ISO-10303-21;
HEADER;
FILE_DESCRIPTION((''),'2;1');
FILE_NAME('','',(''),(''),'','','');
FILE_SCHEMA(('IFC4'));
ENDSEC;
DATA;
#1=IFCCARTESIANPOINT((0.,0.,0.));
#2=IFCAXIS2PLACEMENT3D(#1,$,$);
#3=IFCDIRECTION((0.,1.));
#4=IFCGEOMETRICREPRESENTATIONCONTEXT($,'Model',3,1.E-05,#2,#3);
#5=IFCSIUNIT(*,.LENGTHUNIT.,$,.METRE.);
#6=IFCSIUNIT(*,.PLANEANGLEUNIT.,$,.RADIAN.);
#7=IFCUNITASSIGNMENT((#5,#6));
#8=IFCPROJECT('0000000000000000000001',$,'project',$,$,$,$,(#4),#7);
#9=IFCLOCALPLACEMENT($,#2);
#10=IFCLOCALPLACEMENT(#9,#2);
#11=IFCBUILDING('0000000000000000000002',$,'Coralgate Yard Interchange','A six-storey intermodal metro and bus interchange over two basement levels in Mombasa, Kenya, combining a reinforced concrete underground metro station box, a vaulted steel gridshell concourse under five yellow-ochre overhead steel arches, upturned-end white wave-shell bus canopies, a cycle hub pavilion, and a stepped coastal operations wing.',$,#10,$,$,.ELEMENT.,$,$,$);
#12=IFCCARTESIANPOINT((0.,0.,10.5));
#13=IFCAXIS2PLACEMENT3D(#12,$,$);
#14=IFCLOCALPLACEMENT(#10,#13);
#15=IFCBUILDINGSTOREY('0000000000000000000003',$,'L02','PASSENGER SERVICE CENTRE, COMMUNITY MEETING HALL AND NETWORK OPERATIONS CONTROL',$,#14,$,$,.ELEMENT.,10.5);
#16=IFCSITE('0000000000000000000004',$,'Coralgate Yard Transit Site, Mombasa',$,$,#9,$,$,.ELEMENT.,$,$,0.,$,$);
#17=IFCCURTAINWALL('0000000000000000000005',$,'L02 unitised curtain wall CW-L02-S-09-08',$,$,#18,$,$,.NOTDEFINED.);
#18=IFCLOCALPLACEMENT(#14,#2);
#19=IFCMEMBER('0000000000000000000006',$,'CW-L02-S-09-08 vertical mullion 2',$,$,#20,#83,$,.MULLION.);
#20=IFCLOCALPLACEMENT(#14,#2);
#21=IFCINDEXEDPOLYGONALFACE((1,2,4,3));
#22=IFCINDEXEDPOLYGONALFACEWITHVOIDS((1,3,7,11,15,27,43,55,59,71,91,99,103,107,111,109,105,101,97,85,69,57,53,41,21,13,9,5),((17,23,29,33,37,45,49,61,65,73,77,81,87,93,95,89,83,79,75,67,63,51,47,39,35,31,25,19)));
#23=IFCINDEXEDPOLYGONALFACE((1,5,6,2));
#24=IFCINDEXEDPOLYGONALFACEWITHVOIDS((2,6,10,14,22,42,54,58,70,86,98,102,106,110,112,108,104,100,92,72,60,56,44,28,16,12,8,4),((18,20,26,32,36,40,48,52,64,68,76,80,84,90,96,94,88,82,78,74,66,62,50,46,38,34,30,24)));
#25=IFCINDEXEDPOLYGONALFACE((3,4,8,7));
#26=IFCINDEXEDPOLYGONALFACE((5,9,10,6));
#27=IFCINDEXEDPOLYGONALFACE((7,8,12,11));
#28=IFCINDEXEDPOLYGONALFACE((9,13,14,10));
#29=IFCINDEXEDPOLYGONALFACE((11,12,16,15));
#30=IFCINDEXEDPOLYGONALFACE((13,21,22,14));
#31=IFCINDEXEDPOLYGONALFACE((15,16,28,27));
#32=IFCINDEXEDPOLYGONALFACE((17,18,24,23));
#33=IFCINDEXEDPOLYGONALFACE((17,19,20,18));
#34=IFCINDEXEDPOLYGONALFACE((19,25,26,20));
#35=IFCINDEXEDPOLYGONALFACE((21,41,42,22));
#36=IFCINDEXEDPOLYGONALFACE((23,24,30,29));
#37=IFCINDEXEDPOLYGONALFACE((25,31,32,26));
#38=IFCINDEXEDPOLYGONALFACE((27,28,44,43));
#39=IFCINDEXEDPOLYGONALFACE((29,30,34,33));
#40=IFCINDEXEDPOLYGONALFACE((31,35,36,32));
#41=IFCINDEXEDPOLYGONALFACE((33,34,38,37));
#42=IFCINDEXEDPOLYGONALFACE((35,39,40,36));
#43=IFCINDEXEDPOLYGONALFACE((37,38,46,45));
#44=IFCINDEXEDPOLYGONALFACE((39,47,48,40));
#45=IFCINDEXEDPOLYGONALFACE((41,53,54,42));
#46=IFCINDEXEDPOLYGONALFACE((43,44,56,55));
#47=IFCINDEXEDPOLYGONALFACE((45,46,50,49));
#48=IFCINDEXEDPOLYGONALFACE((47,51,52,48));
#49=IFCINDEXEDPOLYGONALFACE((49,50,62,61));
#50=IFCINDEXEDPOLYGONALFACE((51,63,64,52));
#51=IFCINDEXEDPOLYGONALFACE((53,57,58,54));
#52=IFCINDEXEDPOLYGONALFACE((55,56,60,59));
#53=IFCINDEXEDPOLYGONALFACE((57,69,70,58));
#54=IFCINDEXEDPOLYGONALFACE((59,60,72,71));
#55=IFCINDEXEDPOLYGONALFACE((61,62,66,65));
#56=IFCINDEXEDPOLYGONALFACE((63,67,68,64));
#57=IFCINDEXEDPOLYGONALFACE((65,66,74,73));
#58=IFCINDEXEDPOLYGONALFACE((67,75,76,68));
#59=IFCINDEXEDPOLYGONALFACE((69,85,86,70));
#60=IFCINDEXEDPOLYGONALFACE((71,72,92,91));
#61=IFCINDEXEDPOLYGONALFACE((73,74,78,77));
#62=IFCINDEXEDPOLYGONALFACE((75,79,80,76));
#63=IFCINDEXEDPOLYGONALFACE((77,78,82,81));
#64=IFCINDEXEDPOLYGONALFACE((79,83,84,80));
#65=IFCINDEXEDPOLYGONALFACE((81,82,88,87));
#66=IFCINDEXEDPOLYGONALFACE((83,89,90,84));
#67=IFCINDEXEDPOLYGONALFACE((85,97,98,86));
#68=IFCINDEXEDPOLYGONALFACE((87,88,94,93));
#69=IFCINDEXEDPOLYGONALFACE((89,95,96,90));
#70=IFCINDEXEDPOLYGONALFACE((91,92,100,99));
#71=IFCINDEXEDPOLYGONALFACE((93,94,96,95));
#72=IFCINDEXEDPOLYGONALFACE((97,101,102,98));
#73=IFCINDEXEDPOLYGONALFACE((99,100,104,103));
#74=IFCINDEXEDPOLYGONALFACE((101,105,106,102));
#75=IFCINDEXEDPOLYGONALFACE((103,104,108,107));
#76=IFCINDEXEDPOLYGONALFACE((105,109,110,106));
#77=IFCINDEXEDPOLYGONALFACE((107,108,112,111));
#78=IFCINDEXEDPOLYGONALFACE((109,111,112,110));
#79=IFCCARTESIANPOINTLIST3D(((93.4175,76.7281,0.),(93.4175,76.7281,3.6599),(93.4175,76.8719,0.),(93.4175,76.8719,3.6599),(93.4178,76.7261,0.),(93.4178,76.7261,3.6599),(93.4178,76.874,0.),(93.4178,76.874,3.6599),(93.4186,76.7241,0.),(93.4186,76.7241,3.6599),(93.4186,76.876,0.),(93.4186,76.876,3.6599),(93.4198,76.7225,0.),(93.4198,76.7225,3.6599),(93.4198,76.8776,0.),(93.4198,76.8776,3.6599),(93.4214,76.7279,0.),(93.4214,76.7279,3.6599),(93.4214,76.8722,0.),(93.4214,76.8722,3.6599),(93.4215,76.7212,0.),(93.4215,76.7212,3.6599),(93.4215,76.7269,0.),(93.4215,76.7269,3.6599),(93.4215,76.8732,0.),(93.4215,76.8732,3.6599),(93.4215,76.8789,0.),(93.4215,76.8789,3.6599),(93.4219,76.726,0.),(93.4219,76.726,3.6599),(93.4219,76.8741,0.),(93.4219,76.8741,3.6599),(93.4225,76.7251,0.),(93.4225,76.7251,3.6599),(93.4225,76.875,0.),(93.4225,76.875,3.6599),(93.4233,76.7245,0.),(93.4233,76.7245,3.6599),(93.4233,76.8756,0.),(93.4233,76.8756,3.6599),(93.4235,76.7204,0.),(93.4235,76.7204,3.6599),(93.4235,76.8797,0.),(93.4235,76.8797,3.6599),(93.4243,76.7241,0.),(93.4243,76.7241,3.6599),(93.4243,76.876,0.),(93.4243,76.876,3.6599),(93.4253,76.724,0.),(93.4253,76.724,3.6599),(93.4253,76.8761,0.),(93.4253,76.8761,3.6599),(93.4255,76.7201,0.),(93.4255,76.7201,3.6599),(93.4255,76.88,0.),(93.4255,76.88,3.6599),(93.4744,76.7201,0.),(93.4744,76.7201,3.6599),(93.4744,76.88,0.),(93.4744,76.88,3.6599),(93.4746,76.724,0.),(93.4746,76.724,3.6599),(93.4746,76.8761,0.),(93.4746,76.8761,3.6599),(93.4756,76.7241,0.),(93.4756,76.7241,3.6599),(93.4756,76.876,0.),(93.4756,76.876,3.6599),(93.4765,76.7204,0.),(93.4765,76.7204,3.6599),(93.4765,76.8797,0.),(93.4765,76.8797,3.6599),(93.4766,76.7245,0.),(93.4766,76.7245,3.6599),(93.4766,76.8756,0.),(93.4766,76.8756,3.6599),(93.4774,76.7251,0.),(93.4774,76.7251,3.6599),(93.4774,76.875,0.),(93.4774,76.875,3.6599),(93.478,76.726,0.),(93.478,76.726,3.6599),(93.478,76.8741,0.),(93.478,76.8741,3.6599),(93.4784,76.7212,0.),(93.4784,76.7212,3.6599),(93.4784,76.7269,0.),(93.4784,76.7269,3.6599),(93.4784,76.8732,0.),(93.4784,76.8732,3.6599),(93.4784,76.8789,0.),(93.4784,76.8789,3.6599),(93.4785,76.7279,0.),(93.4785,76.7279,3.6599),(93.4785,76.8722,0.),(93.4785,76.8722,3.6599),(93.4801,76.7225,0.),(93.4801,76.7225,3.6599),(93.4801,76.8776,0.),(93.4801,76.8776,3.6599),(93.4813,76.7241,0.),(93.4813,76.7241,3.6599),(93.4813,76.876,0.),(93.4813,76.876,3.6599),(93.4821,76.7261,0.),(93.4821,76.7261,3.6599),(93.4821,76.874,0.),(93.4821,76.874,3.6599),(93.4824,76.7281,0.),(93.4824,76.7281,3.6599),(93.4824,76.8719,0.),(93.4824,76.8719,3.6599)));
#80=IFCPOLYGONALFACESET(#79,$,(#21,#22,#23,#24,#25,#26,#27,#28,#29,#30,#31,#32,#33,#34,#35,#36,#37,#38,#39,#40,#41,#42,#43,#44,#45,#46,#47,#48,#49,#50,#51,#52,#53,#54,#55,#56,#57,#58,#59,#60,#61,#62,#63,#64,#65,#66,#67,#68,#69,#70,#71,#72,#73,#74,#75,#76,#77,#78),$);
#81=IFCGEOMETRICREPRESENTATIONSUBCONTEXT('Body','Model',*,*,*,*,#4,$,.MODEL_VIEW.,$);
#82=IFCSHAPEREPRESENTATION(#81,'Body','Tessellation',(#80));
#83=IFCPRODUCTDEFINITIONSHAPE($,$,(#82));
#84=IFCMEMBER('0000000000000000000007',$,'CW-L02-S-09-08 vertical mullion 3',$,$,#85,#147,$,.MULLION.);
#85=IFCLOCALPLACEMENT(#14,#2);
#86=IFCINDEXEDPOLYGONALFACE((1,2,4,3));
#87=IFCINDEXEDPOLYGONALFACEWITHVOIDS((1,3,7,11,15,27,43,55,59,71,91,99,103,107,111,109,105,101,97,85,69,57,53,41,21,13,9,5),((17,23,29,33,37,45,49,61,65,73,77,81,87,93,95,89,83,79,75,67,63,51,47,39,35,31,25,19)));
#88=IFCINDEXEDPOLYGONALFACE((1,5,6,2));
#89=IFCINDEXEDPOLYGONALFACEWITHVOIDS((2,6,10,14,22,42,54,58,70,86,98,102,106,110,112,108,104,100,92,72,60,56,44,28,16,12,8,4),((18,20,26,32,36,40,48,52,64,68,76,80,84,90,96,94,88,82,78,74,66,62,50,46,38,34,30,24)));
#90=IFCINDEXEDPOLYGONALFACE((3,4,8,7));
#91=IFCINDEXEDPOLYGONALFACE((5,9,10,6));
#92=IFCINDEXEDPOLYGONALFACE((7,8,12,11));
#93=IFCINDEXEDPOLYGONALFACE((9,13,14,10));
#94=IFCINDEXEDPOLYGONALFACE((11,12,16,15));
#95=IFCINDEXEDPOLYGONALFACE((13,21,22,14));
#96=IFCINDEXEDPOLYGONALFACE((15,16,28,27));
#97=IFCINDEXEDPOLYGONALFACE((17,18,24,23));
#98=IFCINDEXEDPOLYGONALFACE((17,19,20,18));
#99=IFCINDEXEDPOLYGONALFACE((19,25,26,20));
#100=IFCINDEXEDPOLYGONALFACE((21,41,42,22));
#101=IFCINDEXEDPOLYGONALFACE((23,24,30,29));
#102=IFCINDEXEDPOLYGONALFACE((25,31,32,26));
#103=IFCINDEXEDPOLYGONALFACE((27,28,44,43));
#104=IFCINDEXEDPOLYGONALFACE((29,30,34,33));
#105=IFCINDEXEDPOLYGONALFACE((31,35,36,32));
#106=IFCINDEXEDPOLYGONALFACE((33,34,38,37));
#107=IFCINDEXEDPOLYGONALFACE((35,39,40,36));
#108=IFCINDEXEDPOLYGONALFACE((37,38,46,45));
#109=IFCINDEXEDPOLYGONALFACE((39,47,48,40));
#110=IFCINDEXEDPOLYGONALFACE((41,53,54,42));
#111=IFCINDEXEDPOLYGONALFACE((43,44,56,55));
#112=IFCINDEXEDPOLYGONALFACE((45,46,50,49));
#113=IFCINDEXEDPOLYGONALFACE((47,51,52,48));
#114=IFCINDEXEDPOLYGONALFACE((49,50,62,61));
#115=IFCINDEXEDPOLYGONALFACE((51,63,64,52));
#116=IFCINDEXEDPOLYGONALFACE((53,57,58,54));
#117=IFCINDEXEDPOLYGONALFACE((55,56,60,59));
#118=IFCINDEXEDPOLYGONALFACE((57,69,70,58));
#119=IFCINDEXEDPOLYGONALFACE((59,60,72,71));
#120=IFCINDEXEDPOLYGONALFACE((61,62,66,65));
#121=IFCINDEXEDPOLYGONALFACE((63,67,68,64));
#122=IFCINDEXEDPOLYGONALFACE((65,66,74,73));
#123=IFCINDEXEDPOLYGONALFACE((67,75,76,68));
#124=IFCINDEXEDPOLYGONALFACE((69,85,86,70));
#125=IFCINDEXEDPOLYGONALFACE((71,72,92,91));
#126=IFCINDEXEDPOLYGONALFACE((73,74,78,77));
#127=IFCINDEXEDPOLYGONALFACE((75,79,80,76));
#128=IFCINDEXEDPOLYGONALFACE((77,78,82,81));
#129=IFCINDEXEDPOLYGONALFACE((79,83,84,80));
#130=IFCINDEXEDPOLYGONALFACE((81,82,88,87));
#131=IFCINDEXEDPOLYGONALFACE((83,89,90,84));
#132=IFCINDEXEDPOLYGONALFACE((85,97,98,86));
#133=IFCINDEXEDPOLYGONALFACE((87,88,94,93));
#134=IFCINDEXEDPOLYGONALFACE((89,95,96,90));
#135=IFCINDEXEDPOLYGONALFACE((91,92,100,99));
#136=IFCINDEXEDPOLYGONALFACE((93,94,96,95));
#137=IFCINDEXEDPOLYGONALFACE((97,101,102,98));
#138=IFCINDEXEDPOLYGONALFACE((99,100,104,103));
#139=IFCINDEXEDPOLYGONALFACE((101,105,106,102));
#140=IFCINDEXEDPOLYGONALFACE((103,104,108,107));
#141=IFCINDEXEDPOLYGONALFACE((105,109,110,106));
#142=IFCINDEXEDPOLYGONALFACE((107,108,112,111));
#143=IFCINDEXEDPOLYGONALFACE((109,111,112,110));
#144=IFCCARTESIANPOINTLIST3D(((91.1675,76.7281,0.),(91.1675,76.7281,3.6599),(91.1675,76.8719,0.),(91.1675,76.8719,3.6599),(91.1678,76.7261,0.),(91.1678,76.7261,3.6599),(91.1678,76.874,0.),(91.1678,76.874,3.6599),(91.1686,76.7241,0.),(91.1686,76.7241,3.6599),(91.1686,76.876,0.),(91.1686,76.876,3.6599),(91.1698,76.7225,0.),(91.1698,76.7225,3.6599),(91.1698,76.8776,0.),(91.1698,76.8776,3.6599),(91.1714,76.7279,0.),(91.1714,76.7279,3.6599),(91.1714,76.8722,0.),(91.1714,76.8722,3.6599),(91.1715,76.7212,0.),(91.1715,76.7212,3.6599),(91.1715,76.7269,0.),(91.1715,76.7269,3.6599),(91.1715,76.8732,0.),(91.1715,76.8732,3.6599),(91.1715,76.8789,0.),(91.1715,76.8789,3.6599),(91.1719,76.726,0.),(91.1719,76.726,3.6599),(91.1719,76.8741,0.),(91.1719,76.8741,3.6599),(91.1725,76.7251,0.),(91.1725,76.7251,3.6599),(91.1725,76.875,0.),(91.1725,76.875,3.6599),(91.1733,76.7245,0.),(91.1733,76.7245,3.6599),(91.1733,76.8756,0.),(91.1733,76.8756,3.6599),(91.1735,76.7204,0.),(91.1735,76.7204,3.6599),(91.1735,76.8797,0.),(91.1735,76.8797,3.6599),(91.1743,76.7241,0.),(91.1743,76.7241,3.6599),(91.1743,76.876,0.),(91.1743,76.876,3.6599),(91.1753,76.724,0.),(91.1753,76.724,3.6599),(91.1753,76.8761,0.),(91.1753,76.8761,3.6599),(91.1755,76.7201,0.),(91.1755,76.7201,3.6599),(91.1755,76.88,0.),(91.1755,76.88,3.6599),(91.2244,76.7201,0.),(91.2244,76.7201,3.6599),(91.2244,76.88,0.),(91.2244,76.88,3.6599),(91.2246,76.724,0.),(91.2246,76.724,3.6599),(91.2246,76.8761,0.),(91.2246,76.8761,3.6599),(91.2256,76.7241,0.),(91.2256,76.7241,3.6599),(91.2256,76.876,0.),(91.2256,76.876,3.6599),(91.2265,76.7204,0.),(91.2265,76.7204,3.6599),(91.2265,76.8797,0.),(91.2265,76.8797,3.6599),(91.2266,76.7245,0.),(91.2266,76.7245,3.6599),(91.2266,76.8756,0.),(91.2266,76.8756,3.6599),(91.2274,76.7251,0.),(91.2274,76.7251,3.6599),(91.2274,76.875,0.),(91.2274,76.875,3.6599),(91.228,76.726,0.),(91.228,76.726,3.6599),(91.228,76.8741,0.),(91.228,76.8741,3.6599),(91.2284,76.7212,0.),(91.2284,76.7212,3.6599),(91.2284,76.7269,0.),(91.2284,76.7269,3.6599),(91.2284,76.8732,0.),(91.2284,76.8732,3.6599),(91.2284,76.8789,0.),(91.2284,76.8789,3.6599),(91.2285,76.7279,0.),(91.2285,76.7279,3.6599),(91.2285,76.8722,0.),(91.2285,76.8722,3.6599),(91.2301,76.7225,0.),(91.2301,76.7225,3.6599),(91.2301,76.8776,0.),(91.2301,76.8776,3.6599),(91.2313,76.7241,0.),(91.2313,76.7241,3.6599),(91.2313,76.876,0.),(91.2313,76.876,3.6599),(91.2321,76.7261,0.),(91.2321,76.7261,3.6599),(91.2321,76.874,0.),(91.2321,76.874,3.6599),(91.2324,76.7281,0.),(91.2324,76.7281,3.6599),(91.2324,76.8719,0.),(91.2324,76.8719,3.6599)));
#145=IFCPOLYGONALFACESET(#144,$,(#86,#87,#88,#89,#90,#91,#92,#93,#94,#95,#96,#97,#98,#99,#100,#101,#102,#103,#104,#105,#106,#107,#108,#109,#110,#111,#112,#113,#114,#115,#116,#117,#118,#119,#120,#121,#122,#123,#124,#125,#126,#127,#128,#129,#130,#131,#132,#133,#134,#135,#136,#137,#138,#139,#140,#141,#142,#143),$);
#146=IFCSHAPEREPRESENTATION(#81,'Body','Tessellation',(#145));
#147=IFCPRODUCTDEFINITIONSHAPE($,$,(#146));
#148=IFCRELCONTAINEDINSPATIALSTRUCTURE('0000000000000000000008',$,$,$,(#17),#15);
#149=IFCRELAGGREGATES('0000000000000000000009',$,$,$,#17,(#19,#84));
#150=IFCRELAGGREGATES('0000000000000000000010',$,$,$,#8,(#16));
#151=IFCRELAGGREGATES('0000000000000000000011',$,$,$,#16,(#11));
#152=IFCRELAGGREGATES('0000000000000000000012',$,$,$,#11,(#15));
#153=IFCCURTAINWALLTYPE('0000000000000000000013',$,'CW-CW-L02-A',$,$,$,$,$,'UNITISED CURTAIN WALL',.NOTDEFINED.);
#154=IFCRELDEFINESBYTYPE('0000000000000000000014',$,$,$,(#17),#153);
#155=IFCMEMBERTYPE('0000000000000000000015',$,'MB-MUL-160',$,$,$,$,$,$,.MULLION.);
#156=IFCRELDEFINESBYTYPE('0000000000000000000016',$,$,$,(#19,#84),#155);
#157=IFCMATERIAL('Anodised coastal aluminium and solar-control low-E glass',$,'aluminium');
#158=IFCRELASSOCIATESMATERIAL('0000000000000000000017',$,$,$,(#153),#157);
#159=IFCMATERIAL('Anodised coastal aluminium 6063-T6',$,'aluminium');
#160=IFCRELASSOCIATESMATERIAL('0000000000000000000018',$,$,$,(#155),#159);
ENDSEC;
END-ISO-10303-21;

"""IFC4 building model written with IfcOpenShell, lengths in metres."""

from ifc_helpers import new_model, si_unit, direction, frame, origin, origin_2d, place, context, subcontext, project, spatial, hollow_rectangle, extrude, material, material_profile, profile_set, type_object, element, aggregate, save


model = new_model("IFC4")

# Units and contexts
model_context = context("Model", 3, precision=1e-05, world=origin(), true_north=direction((0.0, 1.0)))
body_context = subcontext(model_context, "Body", "Model", "MODEL_VIEW")
ifc_project = project(units=[si_unit("LENGTHUNIT", "METRE"), si_unit("PLANEANGLEUNIT", "RADIAN")], contexts=[model_context])

# Site, building, storey
site_placement = place(None, origin())
site = spatial("IfcSite", under=ifc_project, at=site_placement, Name="Coralgate Yard Transit Site, Mombasa", CompositionType="ELEMENT", RefElevation=0.0)
building_placement = place(site_placement, origin())
building = spatial("IfcBuilding", under=site, at=building_placement, Name="Coralgate Yard Interchange", Description="A six-storey intermodal metro and bus interchange over two basement levels in Mombasa, Kenya, combining a reinforced concrete underground metro station box, a vaulted steel gridshell concourse under five yellow-ochre overhead steel arches, upturned-end white wave-shell bus canopies, a cycle hub pavilion, and a stepped coastal operations wing.", CompositionType="ELEMENT")
storey_placement = place(building_placement, frame((0.0, 0.0, 10.5)))
storey = spatial("IfcBuildingStorey", under=building, at=storey_placement, Name="L02", Description="PASSENGER SERVICE CENTRE, COMMUNITY MEETING HALL AND NETWORK OPERATIONS CONTROL", CompositionType="ELEMENT", Elevation=10.5)

# Curtain wall, members
ifc_material_1 = material(Name="Anodised coastal aluminium and solar-control low-E glass", Category="aluminium")
curtain_wall_type = type_object("IfcCurtainWallType", Name="CW-CW-L02-A", ElementType="UNITISED CURTAIN WALL", PredefinedType="NOTDEFINED", material=ifc_material_1)
curtain_wall_placement = place(storey_placement, origin())
curtain_wall = element("IfcCurtainWall", 1, at=curtain_wall_placement, inside=storey, type_object=curtain_wall_type, Name="L02 unitised curtain wall CW-L02-S-09-08", PredefinedType="NOTDEFINED")
ifc_material_2 = material(Name="Anodised coastal aluminium 6063-T6", Category="aluminium")
ifc_material_profile_1 = material_profile(ifc_material_2, hollow_rectangle(XDim=0.0649, YDim=0.1599, WallThickness=0.0039, InnerFilletRadius=0.0039, OuterFilletRadius=0.0081, at=origin_2d()), Name="ALU 65x160x4")
ifc_profile_set_1 = profile_set([ifc_material_profile_1], Name="Anodised coastal aluminium 6063-T6")
member_type_1 = type_object("IfcMemberType", Name="MB-MUL-160", PredefinedType="MULLION", material=ifc_profile_set_1)
member_1_placement = place(storey_placement, frame((93.45, 76.8, 0.0), z_axis=(0.0, 0.0, 1.0), x_axis=(1.0, 0.0, 0.0)))
member_1 = element("IfcMember", 2, at=member_1_placement, type_object=member_type_1, Name="CW-L02-S-09-08 vertical mullion 2", PredefinedType="MULLION", context=body_context, shape_type="SweptSolid", body=[
    extrude(hollow_rectangle(XDim=0.0649, YDim=0.1599, WallThickness=0.0039, InnerFilletRadius=0.0039, OuterFilletRadius=0.0081, at=origin_2d()), origin(), (0.0, 0.0, 1.0), 3.6599),
])
member_2_placement = place(storey_placement, frame((91.2, 76.8, 0.0), z_axis=(0.0, 0.0, 1.0), x_axis=(1.0, 0.0, 0.0)))
member_2 = element("IfcMember", 3, at=member_2_placement, type_object=member_type_1, Name="CW-L02-S-09-08 vertical mullion 3", PredefinedType="MULLION", context=body_context, shape_type="SweptSolid", body=[
    extrude(hollow_rectangle(XDim=0.0649, YDim=0.1599, WallThickness=0.0039, InnerFilletRadius=0.0039, OuterFilletRadius=0.0081, at=origin_2d()), origin(), (0.0, 0.0, 1.0), 3.6599),
])
aggregate(curtain_wall, [member_1, member_2])

save(model, "model.ifc")
